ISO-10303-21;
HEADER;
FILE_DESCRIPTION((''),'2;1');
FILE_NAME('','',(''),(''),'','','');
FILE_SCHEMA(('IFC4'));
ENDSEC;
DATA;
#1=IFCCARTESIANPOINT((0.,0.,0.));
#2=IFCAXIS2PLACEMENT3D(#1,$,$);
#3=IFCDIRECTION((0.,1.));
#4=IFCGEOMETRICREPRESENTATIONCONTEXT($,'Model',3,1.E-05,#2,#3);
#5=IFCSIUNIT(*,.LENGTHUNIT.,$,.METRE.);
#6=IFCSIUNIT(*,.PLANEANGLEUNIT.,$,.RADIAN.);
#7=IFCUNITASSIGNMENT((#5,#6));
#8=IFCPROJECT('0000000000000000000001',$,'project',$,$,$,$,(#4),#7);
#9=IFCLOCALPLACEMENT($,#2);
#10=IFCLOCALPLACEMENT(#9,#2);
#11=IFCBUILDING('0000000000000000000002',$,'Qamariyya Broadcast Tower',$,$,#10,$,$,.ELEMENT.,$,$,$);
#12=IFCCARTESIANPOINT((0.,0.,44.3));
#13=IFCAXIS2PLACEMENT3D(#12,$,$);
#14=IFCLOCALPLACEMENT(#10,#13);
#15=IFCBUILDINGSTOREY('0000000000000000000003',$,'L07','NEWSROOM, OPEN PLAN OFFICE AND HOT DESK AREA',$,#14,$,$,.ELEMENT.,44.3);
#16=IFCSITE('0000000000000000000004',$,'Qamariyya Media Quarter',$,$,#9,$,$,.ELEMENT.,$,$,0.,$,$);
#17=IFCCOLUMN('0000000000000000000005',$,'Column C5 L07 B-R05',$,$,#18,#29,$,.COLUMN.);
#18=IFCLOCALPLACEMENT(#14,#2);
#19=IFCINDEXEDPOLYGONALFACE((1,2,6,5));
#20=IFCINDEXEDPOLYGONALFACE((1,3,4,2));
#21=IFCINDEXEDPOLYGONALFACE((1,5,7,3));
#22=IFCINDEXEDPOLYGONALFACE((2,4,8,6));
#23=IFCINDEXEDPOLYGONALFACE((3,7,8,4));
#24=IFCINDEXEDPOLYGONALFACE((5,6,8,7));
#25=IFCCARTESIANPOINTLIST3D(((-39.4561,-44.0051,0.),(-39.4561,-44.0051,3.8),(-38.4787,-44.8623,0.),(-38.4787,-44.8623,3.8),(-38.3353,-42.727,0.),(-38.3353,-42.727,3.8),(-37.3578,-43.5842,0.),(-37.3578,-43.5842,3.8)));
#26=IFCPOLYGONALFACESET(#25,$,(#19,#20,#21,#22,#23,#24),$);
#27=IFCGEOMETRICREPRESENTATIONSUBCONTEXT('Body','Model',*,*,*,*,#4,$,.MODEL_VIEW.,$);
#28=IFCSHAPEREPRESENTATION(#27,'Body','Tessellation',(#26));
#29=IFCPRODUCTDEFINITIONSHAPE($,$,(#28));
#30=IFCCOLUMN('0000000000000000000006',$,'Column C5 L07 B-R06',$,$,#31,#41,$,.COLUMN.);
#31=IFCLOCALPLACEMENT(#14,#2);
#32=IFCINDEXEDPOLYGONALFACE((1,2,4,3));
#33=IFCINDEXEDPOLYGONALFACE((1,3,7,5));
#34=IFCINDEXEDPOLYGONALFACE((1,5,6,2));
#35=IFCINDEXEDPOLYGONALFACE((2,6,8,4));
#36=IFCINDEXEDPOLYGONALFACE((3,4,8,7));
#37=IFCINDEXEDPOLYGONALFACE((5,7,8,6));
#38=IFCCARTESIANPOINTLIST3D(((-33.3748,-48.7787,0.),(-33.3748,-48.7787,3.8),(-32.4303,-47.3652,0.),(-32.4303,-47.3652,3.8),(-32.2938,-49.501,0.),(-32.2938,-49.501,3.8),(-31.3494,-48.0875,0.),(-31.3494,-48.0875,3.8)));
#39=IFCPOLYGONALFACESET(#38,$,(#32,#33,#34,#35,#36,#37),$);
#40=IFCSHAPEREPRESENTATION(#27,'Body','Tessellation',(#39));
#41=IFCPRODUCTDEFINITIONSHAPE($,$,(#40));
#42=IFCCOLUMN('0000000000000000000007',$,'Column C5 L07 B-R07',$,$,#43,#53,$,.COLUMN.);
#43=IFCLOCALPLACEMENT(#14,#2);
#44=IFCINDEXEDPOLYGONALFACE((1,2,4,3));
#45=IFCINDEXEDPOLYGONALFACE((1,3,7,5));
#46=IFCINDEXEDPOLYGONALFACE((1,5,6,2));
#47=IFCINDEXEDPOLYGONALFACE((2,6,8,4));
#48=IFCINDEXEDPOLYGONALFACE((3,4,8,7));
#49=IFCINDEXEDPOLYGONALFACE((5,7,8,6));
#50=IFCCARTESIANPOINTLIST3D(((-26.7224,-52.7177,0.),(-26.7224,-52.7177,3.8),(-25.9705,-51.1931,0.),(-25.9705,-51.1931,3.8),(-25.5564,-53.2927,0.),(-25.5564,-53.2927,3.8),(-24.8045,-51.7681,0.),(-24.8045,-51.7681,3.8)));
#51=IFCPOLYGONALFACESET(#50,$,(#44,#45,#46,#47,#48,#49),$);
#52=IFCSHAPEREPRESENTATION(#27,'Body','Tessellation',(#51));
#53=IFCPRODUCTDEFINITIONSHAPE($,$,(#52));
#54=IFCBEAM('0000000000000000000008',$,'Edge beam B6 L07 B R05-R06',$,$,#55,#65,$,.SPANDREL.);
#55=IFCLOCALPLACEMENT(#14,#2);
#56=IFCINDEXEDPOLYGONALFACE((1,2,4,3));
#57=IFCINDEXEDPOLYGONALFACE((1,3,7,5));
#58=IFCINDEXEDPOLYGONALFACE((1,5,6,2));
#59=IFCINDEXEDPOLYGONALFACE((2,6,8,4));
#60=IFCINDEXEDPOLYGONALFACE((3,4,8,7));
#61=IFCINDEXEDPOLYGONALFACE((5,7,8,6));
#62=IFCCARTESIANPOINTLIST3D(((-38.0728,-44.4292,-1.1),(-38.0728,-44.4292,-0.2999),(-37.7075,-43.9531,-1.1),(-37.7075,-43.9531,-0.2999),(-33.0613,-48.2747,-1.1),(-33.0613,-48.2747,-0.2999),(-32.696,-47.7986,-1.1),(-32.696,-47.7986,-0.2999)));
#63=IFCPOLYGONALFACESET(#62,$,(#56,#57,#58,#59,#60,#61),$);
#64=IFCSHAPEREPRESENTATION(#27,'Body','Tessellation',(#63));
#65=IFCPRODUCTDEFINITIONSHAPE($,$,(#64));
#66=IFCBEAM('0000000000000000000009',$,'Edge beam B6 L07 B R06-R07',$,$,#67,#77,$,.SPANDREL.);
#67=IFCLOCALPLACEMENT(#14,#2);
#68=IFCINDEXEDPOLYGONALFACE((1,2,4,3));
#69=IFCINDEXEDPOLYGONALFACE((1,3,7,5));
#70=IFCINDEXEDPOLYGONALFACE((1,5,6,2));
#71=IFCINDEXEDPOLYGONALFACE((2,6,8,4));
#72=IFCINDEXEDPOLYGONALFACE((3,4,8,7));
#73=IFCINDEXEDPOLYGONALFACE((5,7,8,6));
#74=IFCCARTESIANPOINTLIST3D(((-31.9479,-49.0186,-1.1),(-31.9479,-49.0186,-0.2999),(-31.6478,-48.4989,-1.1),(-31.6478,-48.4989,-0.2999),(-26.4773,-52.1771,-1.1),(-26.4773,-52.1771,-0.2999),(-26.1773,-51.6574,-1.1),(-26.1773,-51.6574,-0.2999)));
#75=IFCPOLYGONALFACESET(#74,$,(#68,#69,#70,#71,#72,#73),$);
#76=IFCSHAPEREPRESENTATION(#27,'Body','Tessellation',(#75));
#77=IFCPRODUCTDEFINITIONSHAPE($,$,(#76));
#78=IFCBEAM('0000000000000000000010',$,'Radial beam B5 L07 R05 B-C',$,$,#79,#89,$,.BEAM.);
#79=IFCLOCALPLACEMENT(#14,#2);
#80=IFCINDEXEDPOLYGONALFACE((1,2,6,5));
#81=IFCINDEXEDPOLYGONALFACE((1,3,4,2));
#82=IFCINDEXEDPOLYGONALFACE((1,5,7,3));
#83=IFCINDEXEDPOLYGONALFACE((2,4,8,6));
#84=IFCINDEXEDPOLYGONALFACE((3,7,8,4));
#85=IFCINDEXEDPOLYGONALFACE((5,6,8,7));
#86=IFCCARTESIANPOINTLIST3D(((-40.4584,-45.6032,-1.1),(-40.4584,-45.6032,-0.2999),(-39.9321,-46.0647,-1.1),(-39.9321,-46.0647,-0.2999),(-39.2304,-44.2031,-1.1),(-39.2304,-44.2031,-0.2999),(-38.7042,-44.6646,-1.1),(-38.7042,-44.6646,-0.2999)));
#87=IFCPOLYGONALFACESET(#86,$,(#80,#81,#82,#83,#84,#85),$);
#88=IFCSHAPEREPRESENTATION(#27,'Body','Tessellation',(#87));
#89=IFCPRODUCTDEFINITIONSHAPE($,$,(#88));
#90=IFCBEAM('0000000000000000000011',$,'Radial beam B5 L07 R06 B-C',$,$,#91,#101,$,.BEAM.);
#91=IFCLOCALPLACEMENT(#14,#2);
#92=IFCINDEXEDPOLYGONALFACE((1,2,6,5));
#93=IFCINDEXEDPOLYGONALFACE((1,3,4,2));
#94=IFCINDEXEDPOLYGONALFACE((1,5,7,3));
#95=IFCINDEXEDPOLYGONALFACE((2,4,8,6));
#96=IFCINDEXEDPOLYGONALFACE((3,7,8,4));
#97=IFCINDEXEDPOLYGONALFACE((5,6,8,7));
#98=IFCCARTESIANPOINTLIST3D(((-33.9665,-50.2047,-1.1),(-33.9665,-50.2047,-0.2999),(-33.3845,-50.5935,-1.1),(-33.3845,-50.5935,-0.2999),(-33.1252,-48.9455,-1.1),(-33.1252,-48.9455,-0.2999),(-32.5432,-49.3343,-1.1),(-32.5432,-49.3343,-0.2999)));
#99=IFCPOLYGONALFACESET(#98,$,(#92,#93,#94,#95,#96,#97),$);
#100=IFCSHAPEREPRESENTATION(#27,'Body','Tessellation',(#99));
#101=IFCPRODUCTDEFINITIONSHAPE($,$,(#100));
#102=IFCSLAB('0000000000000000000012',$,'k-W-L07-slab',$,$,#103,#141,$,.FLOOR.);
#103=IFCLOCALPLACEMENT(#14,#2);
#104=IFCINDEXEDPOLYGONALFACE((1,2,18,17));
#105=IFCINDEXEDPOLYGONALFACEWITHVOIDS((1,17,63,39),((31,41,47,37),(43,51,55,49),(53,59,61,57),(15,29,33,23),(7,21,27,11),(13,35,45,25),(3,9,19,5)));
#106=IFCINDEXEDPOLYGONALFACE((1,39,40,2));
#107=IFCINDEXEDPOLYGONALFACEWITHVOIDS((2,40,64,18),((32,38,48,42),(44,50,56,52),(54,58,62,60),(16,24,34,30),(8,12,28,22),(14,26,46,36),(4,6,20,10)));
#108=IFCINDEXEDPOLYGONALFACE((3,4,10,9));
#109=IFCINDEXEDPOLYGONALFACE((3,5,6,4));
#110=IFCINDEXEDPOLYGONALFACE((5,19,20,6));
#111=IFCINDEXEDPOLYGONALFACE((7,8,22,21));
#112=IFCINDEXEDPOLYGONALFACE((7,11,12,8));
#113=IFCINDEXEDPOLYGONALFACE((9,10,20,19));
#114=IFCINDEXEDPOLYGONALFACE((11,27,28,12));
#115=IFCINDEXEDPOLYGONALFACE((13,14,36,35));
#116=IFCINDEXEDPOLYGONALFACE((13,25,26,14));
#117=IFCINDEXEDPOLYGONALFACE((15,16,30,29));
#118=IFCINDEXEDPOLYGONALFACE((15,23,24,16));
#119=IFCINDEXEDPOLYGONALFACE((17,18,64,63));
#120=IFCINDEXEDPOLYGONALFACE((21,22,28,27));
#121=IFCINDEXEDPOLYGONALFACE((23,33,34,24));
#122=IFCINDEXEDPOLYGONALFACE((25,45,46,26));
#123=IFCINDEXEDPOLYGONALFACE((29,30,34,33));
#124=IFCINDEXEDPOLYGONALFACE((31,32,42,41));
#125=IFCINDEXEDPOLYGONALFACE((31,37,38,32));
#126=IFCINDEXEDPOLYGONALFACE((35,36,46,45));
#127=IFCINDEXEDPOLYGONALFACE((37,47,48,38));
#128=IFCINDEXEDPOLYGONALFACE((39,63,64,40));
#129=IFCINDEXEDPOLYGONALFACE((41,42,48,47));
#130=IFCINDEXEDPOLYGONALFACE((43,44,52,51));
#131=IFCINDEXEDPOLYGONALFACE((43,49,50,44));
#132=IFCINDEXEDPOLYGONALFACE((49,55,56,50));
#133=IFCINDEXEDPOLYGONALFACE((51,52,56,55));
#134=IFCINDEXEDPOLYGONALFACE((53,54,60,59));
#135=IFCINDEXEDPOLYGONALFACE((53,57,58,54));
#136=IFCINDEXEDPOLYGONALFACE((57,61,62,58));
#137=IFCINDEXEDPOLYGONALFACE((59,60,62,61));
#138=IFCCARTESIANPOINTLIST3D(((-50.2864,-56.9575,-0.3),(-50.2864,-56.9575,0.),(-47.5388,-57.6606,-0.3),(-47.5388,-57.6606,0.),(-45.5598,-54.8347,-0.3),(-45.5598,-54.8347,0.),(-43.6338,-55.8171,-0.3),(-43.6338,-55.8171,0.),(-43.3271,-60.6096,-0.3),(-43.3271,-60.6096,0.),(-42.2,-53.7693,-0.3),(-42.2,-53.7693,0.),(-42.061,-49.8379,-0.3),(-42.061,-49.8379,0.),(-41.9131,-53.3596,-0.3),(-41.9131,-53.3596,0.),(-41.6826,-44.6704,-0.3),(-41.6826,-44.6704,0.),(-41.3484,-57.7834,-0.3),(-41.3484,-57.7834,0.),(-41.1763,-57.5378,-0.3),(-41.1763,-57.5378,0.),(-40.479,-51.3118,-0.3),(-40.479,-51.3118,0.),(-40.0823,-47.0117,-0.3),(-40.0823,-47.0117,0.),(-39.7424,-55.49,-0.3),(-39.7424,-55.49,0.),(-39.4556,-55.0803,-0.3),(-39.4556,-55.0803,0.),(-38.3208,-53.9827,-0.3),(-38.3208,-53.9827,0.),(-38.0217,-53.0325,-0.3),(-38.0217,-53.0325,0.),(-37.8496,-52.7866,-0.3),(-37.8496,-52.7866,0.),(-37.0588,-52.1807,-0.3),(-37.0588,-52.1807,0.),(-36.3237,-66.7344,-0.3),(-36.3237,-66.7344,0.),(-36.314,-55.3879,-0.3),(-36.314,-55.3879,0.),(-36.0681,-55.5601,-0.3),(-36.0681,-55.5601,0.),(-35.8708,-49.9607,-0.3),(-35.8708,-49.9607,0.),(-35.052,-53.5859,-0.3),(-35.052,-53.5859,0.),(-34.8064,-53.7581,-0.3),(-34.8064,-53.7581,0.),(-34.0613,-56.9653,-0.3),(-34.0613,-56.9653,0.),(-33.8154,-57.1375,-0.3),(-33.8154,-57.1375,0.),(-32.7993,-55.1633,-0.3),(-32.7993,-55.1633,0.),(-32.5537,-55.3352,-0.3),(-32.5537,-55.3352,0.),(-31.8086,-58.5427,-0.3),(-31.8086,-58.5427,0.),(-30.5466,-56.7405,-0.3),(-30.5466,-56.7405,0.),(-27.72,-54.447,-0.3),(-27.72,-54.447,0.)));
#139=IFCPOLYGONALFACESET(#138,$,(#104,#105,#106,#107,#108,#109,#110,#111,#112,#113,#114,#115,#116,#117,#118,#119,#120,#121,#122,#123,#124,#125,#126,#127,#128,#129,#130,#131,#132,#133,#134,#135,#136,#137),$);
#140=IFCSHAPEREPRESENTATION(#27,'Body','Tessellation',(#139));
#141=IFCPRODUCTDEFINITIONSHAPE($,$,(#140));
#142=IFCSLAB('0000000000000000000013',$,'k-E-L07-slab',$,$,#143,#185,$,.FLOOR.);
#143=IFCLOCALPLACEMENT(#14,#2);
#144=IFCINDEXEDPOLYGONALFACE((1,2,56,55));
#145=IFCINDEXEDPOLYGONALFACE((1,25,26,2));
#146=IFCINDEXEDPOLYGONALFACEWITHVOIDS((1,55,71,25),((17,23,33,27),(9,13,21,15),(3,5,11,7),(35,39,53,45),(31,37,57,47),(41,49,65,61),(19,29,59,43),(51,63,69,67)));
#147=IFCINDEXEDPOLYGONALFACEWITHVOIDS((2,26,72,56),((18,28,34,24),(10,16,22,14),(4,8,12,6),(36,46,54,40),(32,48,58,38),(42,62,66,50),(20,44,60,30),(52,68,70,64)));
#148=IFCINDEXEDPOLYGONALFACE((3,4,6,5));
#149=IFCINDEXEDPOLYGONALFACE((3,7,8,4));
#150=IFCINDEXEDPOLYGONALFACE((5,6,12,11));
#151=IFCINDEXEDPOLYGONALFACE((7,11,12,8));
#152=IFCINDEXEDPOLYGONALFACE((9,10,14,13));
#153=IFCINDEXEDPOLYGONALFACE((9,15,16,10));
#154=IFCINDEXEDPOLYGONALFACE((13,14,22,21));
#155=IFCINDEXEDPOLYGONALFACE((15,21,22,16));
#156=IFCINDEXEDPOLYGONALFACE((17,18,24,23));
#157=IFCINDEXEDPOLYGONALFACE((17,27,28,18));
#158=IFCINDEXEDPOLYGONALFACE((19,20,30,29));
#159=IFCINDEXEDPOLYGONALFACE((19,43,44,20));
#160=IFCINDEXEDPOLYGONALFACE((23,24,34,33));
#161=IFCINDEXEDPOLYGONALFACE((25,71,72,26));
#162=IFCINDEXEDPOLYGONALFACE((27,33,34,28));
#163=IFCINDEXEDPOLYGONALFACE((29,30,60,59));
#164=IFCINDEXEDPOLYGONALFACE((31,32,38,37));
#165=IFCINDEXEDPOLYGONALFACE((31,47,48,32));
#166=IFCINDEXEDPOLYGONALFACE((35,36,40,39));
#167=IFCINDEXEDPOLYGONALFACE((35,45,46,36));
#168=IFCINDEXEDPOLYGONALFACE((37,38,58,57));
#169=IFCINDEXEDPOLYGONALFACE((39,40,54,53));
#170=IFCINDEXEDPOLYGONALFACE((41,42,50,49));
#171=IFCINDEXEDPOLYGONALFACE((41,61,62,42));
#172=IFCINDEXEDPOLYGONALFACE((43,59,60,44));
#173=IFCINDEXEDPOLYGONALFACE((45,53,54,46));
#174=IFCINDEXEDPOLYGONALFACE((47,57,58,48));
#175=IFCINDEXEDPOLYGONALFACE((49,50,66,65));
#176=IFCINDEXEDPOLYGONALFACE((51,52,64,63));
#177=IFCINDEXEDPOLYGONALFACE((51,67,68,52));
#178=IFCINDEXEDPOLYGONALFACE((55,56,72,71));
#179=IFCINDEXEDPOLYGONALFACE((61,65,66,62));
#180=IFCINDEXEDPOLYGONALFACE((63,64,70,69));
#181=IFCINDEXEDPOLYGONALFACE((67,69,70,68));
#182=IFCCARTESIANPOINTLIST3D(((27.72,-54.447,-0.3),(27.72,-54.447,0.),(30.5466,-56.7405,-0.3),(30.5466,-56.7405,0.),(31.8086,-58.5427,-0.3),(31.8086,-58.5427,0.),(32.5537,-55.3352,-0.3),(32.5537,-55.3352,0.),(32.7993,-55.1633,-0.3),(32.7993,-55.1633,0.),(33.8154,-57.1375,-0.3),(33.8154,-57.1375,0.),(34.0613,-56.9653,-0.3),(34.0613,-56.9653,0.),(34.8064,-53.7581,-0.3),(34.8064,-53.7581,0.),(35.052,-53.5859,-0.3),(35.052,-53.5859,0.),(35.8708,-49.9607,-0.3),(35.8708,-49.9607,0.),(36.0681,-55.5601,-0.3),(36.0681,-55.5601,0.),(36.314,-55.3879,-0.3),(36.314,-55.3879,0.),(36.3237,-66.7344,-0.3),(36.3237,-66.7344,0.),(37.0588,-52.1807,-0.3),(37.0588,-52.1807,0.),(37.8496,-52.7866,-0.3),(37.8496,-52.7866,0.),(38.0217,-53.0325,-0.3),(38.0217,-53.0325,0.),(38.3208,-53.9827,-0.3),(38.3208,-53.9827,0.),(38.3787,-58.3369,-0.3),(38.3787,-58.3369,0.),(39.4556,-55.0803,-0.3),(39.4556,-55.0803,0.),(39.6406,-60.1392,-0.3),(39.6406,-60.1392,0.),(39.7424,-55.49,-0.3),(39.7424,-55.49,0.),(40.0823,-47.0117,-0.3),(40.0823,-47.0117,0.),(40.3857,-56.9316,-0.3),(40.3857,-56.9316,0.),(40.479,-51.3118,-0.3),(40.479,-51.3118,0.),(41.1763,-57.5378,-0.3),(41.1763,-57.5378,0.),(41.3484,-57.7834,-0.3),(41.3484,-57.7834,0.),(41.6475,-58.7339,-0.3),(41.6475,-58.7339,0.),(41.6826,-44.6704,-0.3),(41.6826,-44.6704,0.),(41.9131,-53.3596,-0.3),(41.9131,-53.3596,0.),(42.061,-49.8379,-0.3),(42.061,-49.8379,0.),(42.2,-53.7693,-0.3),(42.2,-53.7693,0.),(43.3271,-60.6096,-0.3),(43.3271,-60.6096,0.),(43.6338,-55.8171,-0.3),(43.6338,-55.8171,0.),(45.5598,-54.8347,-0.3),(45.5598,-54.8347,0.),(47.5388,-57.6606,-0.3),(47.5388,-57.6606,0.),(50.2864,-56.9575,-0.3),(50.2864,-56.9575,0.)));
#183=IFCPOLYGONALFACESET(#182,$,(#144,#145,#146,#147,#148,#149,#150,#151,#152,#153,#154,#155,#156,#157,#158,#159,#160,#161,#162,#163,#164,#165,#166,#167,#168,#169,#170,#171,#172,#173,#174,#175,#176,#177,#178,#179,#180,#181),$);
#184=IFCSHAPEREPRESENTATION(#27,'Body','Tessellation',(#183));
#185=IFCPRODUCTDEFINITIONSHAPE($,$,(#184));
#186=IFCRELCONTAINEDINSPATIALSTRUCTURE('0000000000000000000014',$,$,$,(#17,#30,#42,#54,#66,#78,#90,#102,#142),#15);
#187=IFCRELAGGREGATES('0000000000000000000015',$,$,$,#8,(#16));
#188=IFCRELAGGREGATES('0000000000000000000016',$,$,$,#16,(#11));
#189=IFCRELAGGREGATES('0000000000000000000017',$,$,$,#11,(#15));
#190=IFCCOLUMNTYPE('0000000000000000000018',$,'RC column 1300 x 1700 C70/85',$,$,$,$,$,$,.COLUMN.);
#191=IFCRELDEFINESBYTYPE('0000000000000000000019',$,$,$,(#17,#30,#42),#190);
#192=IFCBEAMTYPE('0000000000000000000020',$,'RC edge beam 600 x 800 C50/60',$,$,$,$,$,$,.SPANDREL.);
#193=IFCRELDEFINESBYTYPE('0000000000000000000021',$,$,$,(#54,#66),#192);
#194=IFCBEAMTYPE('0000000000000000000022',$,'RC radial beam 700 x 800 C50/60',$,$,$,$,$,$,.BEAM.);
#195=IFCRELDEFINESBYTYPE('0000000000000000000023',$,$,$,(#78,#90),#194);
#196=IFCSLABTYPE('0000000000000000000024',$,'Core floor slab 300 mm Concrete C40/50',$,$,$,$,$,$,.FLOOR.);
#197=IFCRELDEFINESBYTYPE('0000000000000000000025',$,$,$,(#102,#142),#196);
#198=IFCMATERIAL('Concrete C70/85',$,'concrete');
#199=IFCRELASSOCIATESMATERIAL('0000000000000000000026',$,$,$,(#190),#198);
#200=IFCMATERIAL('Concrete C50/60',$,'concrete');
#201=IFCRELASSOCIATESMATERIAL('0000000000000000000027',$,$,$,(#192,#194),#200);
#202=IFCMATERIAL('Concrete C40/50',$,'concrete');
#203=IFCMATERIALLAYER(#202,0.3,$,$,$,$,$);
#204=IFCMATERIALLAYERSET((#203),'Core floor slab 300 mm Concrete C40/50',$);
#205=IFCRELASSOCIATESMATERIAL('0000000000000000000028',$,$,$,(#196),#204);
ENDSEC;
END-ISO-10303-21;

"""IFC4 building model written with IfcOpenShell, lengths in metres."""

from ifc_helpers import new_model, si_unit, direction, frame, origin, origin_2d, place, context, subcontext, project, spatial, polyline, rectangle, outline, extrude, material, layer, layer_set, material_profile, profile_set, type_object, element, save


model = new_model("IFC4")

# Units and contexts
model_context = context("Model", 3, precision=1e-05, world=origin(), true_north=direction((0.0, 1.0)))
body_context = subcontext(model_context, "Body", "Model", "MODEL_VIEW")
ifc_project = project(units=[si_unit("LENGTHUNIT", "METRE"), si_unit("PLANEANGLEUNIT", "RADIAN")], contexts=[model_context])

# Site, building, storey
site_placement = place(None, origin())
site = spatial("IfcSite", under=ifc_project, at=site_placement, Name="Qamariyya Media Quarter", CompositionType="ELEMENT", RefElevation=0.0)
building_placement = place(site_placement, origin())
building = spatial("IfcBuilding", under=site, at=building_placement, Name="Qamariyya Broadcast Tower", CompositionType="ELEMENT")
storey_placement = place(building_placement, frame((0.0, 0.0, 44.3)))
storey = spatial("IfcBuildingStorey", under=building, at=storey_placement, Name="L07", Description="NEWSROOM, OPEN PLAN OFFICE AND HOT DESK AREA", CompositionType="ELEMENT", Elevation=44.3)

# Columns
ifc_material_1 = material(Name="Concrete C70/85", Category="concrete")
ifc_material_profile_1 = material_profile(ifc_material_1, rectangle(XDim=1.3, YDim=1.7, at=origin_2d()))
ifc_profile_set_1 = profile_set([ifc_material_profile_1], Name="Concrete C70/85")
column_type = type_object("IfcColumnType", Name="RC column 1300 x 1700 C70/85", PredefinedType="COLUMN", material=ifc_profile_set_1)
for number, where, z_axis, x_axis, name in (
    (1, (-38.407, -43.7947, 0.0), (0.0, 0.0, 1.0), (0.75184, -0.659346, 0.0), "Column C5 L07 B-R05"),
    (2, (-32.3621, -48.4331, 0.0), (0.0, 0.0, 1.0), (0.83147, -0.55557, 0.0), "Column C5 L07 B-R06"),
    (3, (-25.7634, -52.2429, 0.0), (0.0, 0.0, 1.0), (0.896873, -0.442289, 0.0), "Column C5 L07 B-R07"),
):
    element("IfcColumn", number, at=place(storey_placement, frame(where, z_axis=z_axis, x_axis=x_axis)), inside=storey, type_object=column_type, Name=name, PredefinedType="COLUMN", context=body_context, shape_type="SweptSolid", body=[
        extrude(rectangle(XDim=1.3, YDim=1.7, at=origin_2d()), origin(), (0.0, 0.0, 1.0), 3.8),
    ])

# Beams
ifc_material_2 = material(Name="Concrete C50/60", Category="concrete")
ifc_material_profile_2 = material_profile(ifc_material_2, rectangle(XDim=0.6001, YDim=0.8, at=origin_2d()))
ifc_profile_set_2 = profile_set([ifc_material_profile_2], Name="Concrete C50/60")
beam_type_1 = type_object("IfcBeamType", Name="RC edge beam 600 x 800 C50/60", PredefinedType="SPANDREL", material=ifc_profile_set_2)
for number, where, z_axis, x_axis, name in (
    (4, (-37.8901, -44.1912, -0.7), (0.793352, -0.608763, 0.0), (0.608763, 0.793352, 0.0), "Edge beam B6 L07 B R05-R06"),
    (5, (-31.7979, -48.7588, -0.7), (0.86602, -0.500009, 0.0), (0.500009, 0.86602, 0.0), "Edge beam B6 L07 B R06-R07"),
):
    element("IfcBeam", number, at=place(storey_placement, frame(where, z_axis=z_axis, x_axis=x_axis)), inside=storey, type_object=beam_type_1, Name=name, PredefinedType="SPANDREL", context=body_context, shape_type="SweptSolid", body=[
        extrude(rectangle(XDim=0.6001, YDim=0.8, at=origin_2d()), origin(), (0.0, 0.0, 1.0), 6.3169),
    ])
ifc_material_profile_3 = material_profile(ifc_material_2, rectangle(XDim=0.7, YDim=0.8, at=origin_2d()))
ifc_profile_set_3 = profile_set([ifc_material_profile_3], Name="Concrete C50/60")
beam_type_2 = type_object("IfcBeamType", Name="RC radial beam 700 x 800 C50/60", PredefinedType="BEAM", material=ifc_profile_set_3)
beam_1_placement = place(storey_placement, frame((-38.9673, -44.4338, -0.7), z_axis=(-0.659386, -0.751805, 0.0), x_axis=(0.751805, -0.659386, 0.0)))
element("IfcBeam", 6, at=beam_1_placement, inside=storey, type_object=beam_type_2, Name="Radial beam B5 L07 R05 B-C", PredefinedType="BEAM", context=body_context, shape_type="SweptSolid", body=[
    extrude(rectangle(XDim=0.7, YDim=0.8, at=origin_2d()), origin(), (0.0, 0.0, 1.0), 1.8623),
])
beam_2_placement = place(storey_placement, frame((-32.8342, -49.1399, -0.7), z_axis=(-0.555518, -0.831504, 0.0), x_axis=(0.831504, -0.555518, 0.0)))
element("IfcBeam", 7, at=beam_2_placement, inside=storey, type_object=beam_type_2, Name="Radial beam B5 L07 R06 B-C", PredefinedType="BEAM", context=body_context, shape_type="SweptSolid", body=[
    extrude(rectangle(XDim=0.7, YDim=0.8, at=origin_2d()), origin(), (0.0, 0.0, 1.0), 1.5144),
])

# Slabs
ifc_material_3 = material(Name="Concrete C40/50", Category="concrete")
ifc_layer_1 = layer(ifc_material_3, 0.3)
ifc_layer_set_1 = layer_set([ifc_layer_1], Name="Core floor slab 300 mm Concrete C40/50")
slab_type_1 = type_object("IfcSlabType", Name="Core floor slab 300 mm Concrete C40/50", PredefinedType="FLOOR", material=ifc_layer_set_1)
slab_1_placement = place(storey_placement, frame((0.0, 0.0, -0.3)))
element("IfcSlab", 8, at=slab_1_placement, inside=storey, type_object=slab_type_1, Name="k-W-L07-slab", PredefinedType="FLOOR", context=body_context, shape_type="SweptSolid", body=[
    extrude(outline(polyline([(-50.2864, -56.9575), (-36.3237, -66.7344), (-27.72, -54.447), (-41.6826, -44.6704), (-50.2864, -56.9575)]), holes=[polyline([(-31.8086, -58.5427), (-33.8154, -57.1375), (-32.5537, -55.3352), (-30.5466, -56.7405), (-31.8086, -58.5427)]), polyline([(-34.0613, -56.9653), (-36.0681, -55.5601), (-34.8064, -53.7581), (-32.7993, -55.1633), (-34.0613, -56.9653)]), polyline([(-36.314, -55.3879), (-38.3208, -53.9827), (-37.0588, -52.1807), (-35.052, -53.5859), (-36.314, -55.3879)]), polyline([(-39.7424, -55.49), (-42.2, -53.7693), (-43.6338, -55.8171), (-41.1763, -57.5378), (-39.7424, -55.49)]), polyline([(-39.4556, -55.0803), (-41.9131, -53.3596), (-40.479, -51.3118), (-38.0217, -53.0325), (-39.4556, -55.0803)]), polyline([(-42.061, -49.8379), (-37.8496, -52.7866), (-35.8708, -49.9607), (-40.0823, -47.0117), (-42.061, -49.8379)]), polyline([(-47.5388, -57.6606), (-43.3271, -60.6096), (-41.3484, -57.7834), (-45.5598, -54.8347), (-47.5388, -57.6606)])]), origin(), (0.0, 0.0, 1.0), 0.3),
])
slab_2_placement = place(storey_placement, frame((0.0, 0.0, -0.3)))
element("IfcSlab", 9, at=slab_2_placement, inside=storey, type_object=slab_type_1, Name="k-E-L07-slab", PredefinedType="FLOOR", context=body_context, shape_type="SweptSolid", body=[
    extrude(outline(polyline([(36.3237, -66.7344), (50.2864, -56.9575), (41.6826, -44.6704), (27.72, -54.447), (36.3237, -66.7344)]), holes=[polyline([(31.8086, -58.5427), (33.8154, -57.1375), (32.5537, -55.3352), (30.5466, -56.7405), (31.8086, -58.5427)]), polyline([(34.0613, -56.9653), (36.0681, -55.5601), (34.8064, -53.7581), (32.7993, -55.1633), (34.0613, -56.9653)]), polyline([(36.314, -55.3879), (38.3208, -53.9827), (37.0588, -52.1807), (35.052, -53.5859), (36.314, -55.3879)]), polyline([(38.3787, -58.3369), (40.3857, -56.9316), (41.6475, -58.7339), (39.6406, -60.1392), (38.3787, -58.3369)]), polyline([(39.7424, -55.49), (42.2, -53.7693), (43.6338, -55.8171), (41.1763, -57.5378), (39.7424, -55.49)]), polyline([(39.4556, -55.0803), (41.9131, -53.3596), (40.479, -51.3118), (38.0217, -53.0325), (39.4556, -55.0803)]), polyline([(40.0823, -47.0117), (35.8708, -49.9607), (37.8496, -52.7866), (42.061, -49.8379), (40.0823, -47.0117)]), polyline([(45.5598, -54.8347), (41.3484, -57.7834), (43.3271, -60.6096), (47.5388, -57.6606), (45.5598, -54.8347)])]), origin(), (0.0, 0.0, 1.0), 0.3),
])

save(model, "model.ifc")
